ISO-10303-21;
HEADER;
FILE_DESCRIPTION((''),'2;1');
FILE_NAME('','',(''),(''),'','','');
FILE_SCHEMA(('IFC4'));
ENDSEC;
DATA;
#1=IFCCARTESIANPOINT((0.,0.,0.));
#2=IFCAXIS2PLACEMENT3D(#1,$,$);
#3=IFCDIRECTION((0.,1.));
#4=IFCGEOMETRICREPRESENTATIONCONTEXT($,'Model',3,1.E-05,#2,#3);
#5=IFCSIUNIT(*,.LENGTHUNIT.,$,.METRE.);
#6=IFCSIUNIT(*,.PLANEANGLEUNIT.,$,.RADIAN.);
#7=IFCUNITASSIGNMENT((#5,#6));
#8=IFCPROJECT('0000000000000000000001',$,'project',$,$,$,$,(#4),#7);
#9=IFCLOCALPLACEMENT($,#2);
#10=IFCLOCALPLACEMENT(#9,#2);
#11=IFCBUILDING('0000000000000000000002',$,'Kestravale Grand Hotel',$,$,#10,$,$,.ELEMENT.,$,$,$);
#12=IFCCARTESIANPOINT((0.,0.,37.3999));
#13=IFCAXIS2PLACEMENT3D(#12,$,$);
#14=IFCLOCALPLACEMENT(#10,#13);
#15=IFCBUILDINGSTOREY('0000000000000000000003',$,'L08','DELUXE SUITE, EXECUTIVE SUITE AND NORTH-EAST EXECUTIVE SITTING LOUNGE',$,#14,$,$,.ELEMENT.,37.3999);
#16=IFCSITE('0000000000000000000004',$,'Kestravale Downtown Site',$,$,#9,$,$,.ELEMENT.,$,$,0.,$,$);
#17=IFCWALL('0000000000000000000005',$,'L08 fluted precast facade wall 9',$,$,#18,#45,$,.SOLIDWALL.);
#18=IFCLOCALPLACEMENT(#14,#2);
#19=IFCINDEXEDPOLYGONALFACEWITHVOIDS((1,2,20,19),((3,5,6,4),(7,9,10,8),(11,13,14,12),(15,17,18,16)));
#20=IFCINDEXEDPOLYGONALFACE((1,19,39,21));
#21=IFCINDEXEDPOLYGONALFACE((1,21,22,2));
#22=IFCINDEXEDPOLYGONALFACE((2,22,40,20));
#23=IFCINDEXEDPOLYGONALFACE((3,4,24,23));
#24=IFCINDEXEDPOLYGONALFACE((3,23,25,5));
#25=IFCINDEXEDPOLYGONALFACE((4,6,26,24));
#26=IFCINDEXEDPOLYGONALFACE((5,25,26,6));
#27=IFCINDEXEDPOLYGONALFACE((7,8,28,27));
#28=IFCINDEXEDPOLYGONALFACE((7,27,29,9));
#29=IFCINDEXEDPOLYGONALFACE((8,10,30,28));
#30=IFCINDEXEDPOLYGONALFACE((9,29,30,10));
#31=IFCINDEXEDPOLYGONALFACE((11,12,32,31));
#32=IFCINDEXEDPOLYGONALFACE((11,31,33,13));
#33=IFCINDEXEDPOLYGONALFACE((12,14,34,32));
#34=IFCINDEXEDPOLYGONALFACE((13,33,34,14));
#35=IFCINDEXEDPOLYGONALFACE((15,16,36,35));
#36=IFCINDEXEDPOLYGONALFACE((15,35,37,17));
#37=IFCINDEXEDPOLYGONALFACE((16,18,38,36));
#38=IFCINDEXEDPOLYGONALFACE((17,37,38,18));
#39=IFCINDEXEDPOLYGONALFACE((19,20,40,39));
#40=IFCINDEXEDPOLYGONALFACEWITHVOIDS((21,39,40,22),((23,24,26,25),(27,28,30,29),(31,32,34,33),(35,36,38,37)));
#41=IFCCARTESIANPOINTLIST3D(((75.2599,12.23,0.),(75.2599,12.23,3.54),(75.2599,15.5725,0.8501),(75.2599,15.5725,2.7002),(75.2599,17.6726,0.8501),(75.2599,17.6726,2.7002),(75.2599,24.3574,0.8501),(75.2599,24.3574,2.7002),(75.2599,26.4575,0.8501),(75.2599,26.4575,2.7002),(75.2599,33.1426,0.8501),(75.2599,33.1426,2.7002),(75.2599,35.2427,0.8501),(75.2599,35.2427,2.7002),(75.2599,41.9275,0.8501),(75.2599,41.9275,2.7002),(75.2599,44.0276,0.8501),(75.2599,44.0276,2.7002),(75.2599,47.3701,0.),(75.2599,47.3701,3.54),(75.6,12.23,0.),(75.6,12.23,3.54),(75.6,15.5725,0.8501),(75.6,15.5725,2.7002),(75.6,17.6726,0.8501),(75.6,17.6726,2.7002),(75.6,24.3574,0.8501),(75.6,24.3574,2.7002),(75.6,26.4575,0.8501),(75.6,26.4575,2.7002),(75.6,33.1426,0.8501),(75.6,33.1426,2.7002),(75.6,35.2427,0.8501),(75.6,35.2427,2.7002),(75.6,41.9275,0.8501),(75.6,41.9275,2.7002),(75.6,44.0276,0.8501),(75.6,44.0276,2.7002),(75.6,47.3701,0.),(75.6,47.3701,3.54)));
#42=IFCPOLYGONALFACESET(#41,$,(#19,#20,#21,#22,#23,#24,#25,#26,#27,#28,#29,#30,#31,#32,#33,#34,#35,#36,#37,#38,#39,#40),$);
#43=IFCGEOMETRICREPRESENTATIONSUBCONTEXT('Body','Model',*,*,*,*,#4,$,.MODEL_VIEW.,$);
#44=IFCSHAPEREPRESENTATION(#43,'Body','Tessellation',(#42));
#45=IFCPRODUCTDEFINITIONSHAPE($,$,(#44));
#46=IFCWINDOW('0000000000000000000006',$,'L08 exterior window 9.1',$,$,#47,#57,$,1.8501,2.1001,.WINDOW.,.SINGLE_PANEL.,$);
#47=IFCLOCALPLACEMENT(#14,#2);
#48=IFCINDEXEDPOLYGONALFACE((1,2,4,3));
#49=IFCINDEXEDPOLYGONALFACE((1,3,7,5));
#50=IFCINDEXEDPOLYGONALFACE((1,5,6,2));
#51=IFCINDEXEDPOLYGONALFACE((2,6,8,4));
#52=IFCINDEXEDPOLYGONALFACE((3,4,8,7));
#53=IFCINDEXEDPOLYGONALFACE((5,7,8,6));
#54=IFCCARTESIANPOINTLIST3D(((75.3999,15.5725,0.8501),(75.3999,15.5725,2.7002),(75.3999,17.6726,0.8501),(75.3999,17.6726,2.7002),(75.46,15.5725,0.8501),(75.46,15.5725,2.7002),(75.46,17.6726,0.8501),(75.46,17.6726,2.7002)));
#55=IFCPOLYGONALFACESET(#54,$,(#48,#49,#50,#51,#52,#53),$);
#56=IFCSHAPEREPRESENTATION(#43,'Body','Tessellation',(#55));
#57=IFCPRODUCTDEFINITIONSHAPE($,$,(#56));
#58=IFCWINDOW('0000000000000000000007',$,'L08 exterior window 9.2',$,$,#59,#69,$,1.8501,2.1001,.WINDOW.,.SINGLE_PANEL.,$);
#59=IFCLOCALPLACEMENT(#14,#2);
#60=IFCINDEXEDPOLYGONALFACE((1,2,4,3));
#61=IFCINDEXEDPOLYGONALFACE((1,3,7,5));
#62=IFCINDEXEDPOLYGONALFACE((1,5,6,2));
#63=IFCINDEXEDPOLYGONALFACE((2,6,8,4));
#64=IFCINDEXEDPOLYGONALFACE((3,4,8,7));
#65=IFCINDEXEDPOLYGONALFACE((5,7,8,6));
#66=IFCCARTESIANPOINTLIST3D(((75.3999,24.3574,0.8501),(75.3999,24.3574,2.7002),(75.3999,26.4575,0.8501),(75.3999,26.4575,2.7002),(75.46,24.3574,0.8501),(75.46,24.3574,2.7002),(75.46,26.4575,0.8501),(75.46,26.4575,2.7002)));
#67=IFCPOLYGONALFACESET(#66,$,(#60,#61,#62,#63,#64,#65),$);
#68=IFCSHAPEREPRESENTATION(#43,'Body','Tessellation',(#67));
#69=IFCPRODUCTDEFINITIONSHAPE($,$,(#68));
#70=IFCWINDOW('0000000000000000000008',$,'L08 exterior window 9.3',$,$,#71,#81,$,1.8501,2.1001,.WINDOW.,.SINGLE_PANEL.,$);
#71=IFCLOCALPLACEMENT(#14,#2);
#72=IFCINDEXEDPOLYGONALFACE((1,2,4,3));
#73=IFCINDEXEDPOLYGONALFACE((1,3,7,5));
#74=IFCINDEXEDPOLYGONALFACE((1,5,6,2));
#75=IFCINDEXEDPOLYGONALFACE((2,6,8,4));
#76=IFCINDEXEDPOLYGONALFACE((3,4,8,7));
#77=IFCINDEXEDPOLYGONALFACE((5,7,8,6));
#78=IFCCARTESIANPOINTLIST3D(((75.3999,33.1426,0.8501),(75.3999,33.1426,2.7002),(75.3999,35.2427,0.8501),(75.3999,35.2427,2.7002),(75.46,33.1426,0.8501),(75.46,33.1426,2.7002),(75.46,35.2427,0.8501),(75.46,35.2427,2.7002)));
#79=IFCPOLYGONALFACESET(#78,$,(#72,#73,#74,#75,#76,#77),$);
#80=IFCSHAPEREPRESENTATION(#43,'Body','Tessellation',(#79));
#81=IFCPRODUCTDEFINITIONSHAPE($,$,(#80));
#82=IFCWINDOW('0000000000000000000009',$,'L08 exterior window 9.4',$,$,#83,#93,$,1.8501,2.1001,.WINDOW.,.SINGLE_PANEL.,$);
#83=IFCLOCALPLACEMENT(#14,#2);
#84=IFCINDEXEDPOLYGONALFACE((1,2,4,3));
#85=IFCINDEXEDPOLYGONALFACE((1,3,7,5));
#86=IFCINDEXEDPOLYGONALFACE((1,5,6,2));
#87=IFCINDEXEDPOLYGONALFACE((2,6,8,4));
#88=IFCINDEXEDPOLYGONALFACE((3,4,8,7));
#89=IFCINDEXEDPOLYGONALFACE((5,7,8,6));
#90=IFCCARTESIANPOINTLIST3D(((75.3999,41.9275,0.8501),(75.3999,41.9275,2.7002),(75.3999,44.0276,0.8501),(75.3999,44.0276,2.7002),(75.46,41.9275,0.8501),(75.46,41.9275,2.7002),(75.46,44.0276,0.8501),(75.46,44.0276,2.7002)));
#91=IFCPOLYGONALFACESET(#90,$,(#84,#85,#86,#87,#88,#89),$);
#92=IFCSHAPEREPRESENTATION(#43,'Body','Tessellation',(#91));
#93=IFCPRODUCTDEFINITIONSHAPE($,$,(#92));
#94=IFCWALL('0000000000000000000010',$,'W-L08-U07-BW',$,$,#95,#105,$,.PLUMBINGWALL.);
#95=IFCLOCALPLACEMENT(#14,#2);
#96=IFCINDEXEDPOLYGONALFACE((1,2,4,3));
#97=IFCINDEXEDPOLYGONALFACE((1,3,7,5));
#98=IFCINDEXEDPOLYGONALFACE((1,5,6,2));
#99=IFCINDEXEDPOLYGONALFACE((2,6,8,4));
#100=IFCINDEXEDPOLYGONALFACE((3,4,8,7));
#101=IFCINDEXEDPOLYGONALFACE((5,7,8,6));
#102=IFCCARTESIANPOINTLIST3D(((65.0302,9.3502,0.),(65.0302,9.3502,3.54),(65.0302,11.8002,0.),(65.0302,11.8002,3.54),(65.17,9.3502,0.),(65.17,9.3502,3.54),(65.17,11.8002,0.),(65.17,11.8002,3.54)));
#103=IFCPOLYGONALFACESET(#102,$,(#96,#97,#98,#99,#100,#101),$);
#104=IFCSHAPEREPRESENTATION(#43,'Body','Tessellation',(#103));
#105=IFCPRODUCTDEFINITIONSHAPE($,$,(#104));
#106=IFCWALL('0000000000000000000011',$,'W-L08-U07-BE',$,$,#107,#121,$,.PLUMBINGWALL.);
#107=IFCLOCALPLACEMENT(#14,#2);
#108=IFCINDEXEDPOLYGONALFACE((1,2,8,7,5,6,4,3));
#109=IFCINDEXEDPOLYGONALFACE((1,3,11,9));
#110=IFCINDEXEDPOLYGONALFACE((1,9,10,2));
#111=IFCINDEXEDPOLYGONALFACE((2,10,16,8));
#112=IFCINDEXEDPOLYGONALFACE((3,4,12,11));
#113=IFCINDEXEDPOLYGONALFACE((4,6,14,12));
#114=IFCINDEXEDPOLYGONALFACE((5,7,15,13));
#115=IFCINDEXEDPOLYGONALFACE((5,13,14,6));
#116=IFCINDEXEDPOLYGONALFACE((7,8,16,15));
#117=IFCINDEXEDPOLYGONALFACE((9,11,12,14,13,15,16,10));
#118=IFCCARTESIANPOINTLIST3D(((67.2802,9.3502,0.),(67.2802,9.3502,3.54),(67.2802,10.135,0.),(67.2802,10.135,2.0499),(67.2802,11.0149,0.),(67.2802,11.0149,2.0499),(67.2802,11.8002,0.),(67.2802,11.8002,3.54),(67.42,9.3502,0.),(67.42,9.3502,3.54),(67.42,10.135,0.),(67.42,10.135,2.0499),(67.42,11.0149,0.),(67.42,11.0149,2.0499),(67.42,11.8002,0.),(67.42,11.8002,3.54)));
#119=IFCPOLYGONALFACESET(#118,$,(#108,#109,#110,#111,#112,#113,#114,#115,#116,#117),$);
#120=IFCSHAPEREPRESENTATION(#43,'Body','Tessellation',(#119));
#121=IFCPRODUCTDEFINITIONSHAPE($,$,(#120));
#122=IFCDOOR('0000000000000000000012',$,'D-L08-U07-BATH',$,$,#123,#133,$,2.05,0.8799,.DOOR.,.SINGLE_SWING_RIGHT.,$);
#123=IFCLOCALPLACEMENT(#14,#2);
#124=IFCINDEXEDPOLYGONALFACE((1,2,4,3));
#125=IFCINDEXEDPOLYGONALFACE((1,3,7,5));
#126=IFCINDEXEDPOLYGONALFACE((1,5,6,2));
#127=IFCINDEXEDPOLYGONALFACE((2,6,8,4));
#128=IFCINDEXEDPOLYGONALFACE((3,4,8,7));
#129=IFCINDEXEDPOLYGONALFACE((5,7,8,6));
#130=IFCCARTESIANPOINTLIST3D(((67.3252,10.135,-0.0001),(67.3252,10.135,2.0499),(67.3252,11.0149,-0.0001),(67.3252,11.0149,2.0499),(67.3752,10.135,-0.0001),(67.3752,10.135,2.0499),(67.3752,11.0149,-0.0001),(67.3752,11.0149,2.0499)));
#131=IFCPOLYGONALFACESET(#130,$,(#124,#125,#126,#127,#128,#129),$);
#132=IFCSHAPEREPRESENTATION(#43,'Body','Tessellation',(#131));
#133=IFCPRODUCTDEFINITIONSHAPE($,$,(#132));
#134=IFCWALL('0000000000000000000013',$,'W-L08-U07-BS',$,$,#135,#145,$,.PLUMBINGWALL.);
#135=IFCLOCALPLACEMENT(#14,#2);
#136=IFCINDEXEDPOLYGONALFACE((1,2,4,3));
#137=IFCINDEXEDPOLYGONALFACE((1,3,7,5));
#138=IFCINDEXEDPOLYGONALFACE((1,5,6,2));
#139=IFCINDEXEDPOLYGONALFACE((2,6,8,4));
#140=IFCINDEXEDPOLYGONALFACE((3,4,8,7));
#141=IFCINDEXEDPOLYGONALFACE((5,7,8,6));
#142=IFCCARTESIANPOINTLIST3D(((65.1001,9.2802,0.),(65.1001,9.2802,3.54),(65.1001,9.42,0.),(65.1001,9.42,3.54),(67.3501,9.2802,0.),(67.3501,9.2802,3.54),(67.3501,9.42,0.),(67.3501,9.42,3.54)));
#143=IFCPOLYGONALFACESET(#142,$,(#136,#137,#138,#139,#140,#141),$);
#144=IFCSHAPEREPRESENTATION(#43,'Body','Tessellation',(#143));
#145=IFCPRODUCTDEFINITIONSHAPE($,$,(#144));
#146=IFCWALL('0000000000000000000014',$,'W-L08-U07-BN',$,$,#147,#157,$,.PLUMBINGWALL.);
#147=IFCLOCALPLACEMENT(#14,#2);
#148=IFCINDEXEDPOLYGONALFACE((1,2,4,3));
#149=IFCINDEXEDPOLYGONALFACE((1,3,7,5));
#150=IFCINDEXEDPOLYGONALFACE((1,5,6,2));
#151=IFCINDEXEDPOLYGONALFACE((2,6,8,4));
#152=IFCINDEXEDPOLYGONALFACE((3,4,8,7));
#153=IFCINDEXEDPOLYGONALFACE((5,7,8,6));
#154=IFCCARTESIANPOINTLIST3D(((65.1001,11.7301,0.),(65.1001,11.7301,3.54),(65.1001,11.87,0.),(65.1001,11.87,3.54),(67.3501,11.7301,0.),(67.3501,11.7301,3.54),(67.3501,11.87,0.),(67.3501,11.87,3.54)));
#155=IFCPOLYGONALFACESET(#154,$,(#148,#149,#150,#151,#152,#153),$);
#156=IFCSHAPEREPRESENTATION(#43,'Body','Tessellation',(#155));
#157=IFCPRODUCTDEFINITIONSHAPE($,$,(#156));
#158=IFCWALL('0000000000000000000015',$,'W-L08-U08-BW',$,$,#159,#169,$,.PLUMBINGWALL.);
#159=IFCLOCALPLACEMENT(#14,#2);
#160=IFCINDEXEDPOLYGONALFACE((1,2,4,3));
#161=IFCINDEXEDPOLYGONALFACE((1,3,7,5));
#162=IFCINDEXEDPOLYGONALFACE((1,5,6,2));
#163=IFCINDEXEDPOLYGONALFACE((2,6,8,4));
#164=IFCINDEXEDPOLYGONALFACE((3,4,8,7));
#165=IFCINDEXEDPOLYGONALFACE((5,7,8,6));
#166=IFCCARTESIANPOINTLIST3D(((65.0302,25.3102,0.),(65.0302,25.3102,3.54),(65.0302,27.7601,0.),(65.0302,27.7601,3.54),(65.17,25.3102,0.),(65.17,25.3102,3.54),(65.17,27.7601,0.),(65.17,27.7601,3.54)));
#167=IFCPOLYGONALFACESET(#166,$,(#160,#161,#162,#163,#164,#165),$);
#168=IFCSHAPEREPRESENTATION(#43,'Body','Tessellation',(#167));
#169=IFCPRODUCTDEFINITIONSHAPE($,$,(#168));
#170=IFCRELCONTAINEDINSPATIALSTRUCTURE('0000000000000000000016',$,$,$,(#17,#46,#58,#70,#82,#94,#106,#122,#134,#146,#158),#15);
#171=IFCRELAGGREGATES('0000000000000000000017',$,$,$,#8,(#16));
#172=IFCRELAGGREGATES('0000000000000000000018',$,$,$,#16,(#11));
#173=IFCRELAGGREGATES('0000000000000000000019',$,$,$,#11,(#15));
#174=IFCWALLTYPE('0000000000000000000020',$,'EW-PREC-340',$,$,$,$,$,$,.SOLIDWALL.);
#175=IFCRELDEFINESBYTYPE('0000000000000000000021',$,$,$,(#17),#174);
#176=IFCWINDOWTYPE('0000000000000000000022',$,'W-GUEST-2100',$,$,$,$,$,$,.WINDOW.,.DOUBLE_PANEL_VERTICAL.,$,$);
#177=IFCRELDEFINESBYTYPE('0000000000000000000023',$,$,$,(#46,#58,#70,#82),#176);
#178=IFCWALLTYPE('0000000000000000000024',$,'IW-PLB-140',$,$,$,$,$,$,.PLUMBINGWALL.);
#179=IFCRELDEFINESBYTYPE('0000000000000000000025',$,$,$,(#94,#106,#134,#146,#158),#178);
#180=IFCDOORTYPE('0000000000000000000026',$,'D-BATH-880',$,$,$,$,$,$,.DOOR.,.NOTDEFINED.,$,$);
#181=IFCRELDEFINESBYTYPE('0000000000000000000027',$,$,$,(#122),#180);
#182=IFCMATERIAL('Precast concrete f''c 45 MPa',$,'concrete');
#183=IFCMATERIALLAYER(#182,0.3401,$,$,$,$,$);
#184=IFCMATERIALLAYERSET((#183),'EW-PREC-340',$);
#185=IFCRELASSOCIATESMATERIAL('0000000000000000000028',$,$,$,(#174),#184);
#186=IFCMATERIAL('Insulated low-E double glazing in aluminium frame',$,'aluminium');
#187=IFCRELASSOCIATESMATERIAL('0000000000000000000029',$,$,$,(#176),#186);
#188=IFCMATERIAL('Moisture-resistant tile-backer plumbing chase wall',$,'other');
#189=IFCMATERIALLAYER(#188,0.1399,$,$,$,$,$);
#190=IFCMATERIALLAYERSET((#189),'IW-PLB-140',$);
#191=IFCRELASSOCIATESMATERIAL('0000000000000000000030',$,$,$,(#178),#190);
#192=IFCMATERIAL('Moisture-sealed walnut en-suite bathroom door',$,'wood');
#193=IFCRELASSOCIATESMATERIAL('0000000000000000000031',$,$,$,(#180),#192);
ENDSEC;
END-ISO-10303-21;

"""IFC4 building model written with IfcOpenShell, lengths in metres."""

from ifc_helpers import new_model, si_unit, direction, frame, frame_2d, origin, place, context, subcontext, project, spatial, rectangle, extrude, material, layer, layer_set, type_object, element, fill, save


model = new_model("IFC4")

# Units and contexts
model_context = context("Model", 3, precision=1e-05, world=origin(), true_north=direction((0.0, 1.0)))
body_context = subcontext(model_context, "Body", "Model", "MODEL_VIEW")
ifc_project = project(units=[si_unit("LENGTHUNIT", "METRE"), si_unit("PLANEANGLEUNIT", "RADIAN")], contexts=[model_context])

# Site, building, storey
site_placement = place(None, origin())
site = spatial("IfcSite", under=ifc_project, at=site_placement, Name="Kestravale Downtown Site", CompositionType="ELEMENT", RefElevation=0.0)
building_placement = place(site_placement, origin())
building = spatial("IfcBuilding", under=site, at=building_placement, Name="Kestravale Grand Hotel", CompositionType="ELEMENT")
storey_placement = place(building_placement, frame((0.0, 0.0, 37.3999)))
storey = spatial("IfcBuildingStorey", under=building, at=storey_placement, Name="L08", Description="DELUXE SUITE, EXECUTIVE SUITE AND NORTH-EAST EXECUTIVE SITTING LOUNGE", CompositionType="ELEMENT", Elevation=37.3999)

# Shared definitions
ifc_material_1 = material(Name="Precast concrete f'c 45 MPa", Category="concrete")
ifc_layer_1 = layer(ifc_material_1, 0.3401)
ifc_layer_set_1 = layer_set([ifc_layer_1], Name="EW-PREC-340")
wall_type_1 = type_object("IfcWallType", Name="EW-PREC-340", PredefinedType="SOLIDWALL", material=ifc_layer_set_1)
ifc_material_2 = material(Name="Insulated low-E double glazing in aluminium frame", Category="aluminium")
window_type = type_object("IfcWindowType", Name="W-GUEST-2100", PartitioningType="DOUBLE_PANEL_VERTICAL", PredefinedType="WINDOW", material=ifc_material_2)

# Wall, openings, windows
wall_1_placement = place(storey_placement, frame((75.4299, 12.23, 0.0), z_axis=(0.0, 0.0, 1.0), x_axis=(0.0, 1.0, 0.0)))
wall_1 = element("IfcWall", 1, at=wall_1_placement, inside=storey, type_object=wall_type_1, Name="L08 fluted precast facade wall 9", PredefinedType="SOLIDWALL", context=body_context, shape_type="SweptSolid", body=[
    extrude(rectangle(XDim=35.1401, YDim=0.3401, at=frame_2d((17.5701, 0.0))), origin(), (0.0, 0.0, 1.0), 3.54),
])
opening_1_placement = place(wall_1_placement, frame((3.3425, 0.0, 0.8501)))
opening_1 = element("IfcOpeningElement", 2, at=opening_1_placement, cuts=wall_1, PredefinedType="OPENING", context=body_context, shape_type="SweptSolid", body=[
    extrude(rectangle(XDim=2.1001, YDim=1.8501, at=frame_2d((1.05, 0.925))), frame((0.0, 0.1799, 0.0), z_axis=(0.0, -1.0, 0.0), x_axis=(1.0, 0.0, 0.0)), (0.0, 0.0, 1.0), 0.3601),
])
opening_2_placement = place(wall_1_placement, frame((12.1274, 0.0, 0.8501)))
opening_2 = element("IfcOpeningElement", 3, at=opening_2_placement, cuts=wall_1, PredefinedType="OPENING", context=body_context, shape_type="SweptSolid", body=[
    extrude(rectangle(XDim=2.1001, YDim=1.8501, at=frame_2d((1.05, 0.925))), frame((0.0, 0.1799, 0.0), z_axis=(0.0, -1.0, 0.0), x_axis=(1.0, 0.0, 0.0)), (0.0, 0.0, 1.0), 0.3601),
])
opening_3_placement = place(wall_1_placement, frame((20.9126, 0.0, 0.8501)))
opening_3 = element("IfcOpeningElement", 4, at=opening_3_placement, cuts=wall_1, PredefinedType="OPENING", context=body_context, shape_type="SweptSolid", body=[
    extrude(rectangle(XDim=2.1001, YDim=1.8501, at=frame_2d((1.05, 0.925))), frame((0.0, 0.1799, 0.0), z_axis=(0.0, -1.0, 0.0), x_axis=(1.0, 0.0, 0.0)), (0.0, 0.0, 1.0), 0.3601),
])
opening_4_placement = place(wall_1_placement, frame((29.6975, 0.0, 0.8501)))
opening_4 = element("IfcOpeningElement", 5, at=opening_4_placement, cuts=wall_1, PredefinedType="OPENING", context=body_context, shape_type="SweptSolid", body=[
    extrude(rectangle(XDim=2.1001, YDim=1.8501, at=frame_2d((1.05, 0.925))), frame((0.0, 0.1799, 0.0), z_axis=(0.0, -1.0, 0.0), x_axis=(1.0, 0.0, 0.0)), (0.0, 0.0, 1.0), 0.3601),
])
window_1_placement = place(opening_1_placement, origin())
window_1 = element("IfcWindow", 6, at=window_1_placement, inside=storey, type_object=window_type, Name="L08 exterior window 9.1", OverallHeight=1.8501, OverallWidth=2.1001, PartitioningType="SINGLE_PANEL", PredefinedType="WINDOW", context=body_context, shape_type="SweptSolid", body=[
    extrude(rectangle(XDim=2.1001, YDim=1.8501, at=frame_2d((1.05, 0.925))), frame((0.0, 0.03, 0.0), z_axis=(0.0, -1.0, 0.0), x_axis=(1.0, 0.0, 0.0)), (0.0, 0.0, 1.0), 0.0601),
])
fill(opening_1, window_1)
window_2_placement = place(opening_2_placement, origin())
window_2 = element("IfcWindow", 7, at=window_2_placement, inside=storey, type_object=window_type, Name="L08 exterior window 9.2", OverallHeight=1.8501, OverallWidth=2.1001, PartitioningType="SINGLE_PANEL", PredefinedType="WINDOW", context=body_context, shape_type="SweptSolid", body=[
    extrude(rectangle(XDim=2.1001, YDim=1.8501, at=frame_2d((1.05, 0.925))), frame((0.0, 0.03, 0.0), z_axis=(0.0, -1.0, 0.0), x_axis=(1.0, 0.0, 0.0)), (0.0, 0.0, 1.0), 0.0601),
])
fill(opening_2, window_2)
window_3_placement = place(opening_3_placement, origin())
window_3 = element("IfcWindow", 8, at=window_3_placement, inside=storey, type_object=window_type, Name="L08 exterior window 9.3", OverallHeight=1.8501, OverallWidth=2.1001, PartitioningType="SINGLE_PANEL", PredefinedType="WINDOW", context=body_context, shape_type="SweptSolid", body=[
    extrude(rectangle(XDim=2.1001, YDim=1.8501, at=frame_2d((1.05, 0.925))), frame((0.0, 0.03, 0.0), z_axis=(0.0, -1.0, 0.0), x_axis=(1.0, 0.0, 0.0)), (0.0, 0.0, 1.0), 0.0601),
])
fill(opening_3, window_3)
window_4_placement = place(opening_4_placement, origin())
window_4 = element("IfcWindow", 9, at=window_4_placement, inside=storey, type_object=window_type, Name="L08 exterior window 9.4", OverallHeight=1.8501, OverallWidth=2.1001, PartitioningType="SINGLE_PANEL", PredefinedType="WINDOW", context=body_context, shape_type="SweptSolid", body=[
    extrude(rectangle(XDim=2.1001, YDim=1.8501, at=frame_2d((1.05, 0.925))), frame((0.0, 0.03, 0.0), z_axis=(0.0, -1.0, 0.0), x_axis=(1.0, 0.0, 0.0)), (0.0, 0.0, 1.0), 0.0601),
])
fill(opening_4, window_4)

# Wall
ifc_material_3 = material(Name="Moisture-resistant tile-backer plumbing chase wall", Category="other")
ifc_layer_2 = layer(ifc_material_3, 0.1399)
ifc_layer_set_2 = layer_set([ifc_layer_2], Name="IW-PLB-140")
wall_type_2 = type_object("IfcWallType", Name="IW-PLB-140", PredefinedType="PLUMBINGWALL", material=ifc_layer_set_2)
wall_2_placement = place(storey_placement, frame((65.1001, 9.3501, 0.0), z_axis=(0.0, 0.0, 1.0), x_axis=(0.0, 1.0, 0.0)))
element("IfcWall", 10, at=wall_2_placement, inside=storey, type_object=wall_type_2, Name="W-L08-U07-BW", PredefinedType="PLUMBINGWALL", context=body_context, shape_type="SweptSolid", body=[
    extrude(rectangle(XDim=2.45, YDim=0.1399, at=frame_2d((1.2251, 0.0))), origin(), (0.0, 0.0, 1.0), 3.54),
])

# Wall, opening, door
wall_3_placement = place(storey_placement, frame((67.3501, 9.3501, 0.0), z_axis=(0.0, 0.0, 1.0), x_axis=(0.0, 1.0, 0.0)))
wall_3 = element("IfcWall", 11, at=wall_3_placement, inside=storey, type_object=wall_type_2, Name="W-L08-U07-BE", PredefinedType="PLUMBINGWALL", context=body_context, shape_type="SweptSolid", body=[
    extrude(rectangle(XDim=2.45, YDim=0.1399, at=frame_2d((1.2251, 0.0))), origin(), (0.0, 0.0, 1.0), 3.54),
])
opening_5_placement = place(wall_3_placement, frame((0.7849, 0.0, 0.0)))
opening_5 = element("IfcOpeningElement", 12, at=opening_5_placement, cuts=wall_3, PredefinedType="OPENING", context=body_context, shape_type="SweptSolid", body=[
    extrude(rectangle(XDim=0.8799, YDim=2.05, at=frame_2d((0.4399, 1.0249))), frame((0.0, 0.0798, 0.0), z_axis=(0.0, -1.0, 0.0), x_axis=(1.0, 0.0, 0.0)), (0.0, 0.0, 1.0), 0.1599),
])
ifc_material_4 = material(Name="Moisture-sealed walnut en-suite bathroom door", Category="wood")
door_type = type_object("IfcDoorType", Name="D-BATH-880", OperationType="NOTDEFINED", PredefinedType="DOOR", material=ifc_material_4)
door_1_placement = place(opening_5_placement, origin())
door_1 = element("IfcDoor", 13, at=door_1_placement, inside=storey, type_object=door_type, Name="D-L08-U07-BATH", OperationType="SINGLE_SWING_RIGHT", OverallHeight=2.05, OverallWidth=0.8799, PredefinedType="DOOR", context=body_context, shape_type="SweptSolid", body=[
    extrude(rectangle(XDim=0.8799, YDim=2.05, at=frame_2d((0.4399, 1.0249))), frame((0.0, 0.0249, 0.0), z_axis=(0.0, -1.0, 0.0), x_axis=(1.0, 0.0, 0.0)), (0.0, 0.0, 1.0), 0.05),
])
fill(opening_5, door_1)

# Walls
for number, where, z_axis, x_axis, name in (
    (14, (65.1001, 9.3501, 0.0), (0.0, 0.0, 1.0), (1.0, 0.0, 0.0), "W-L08-U07-BS"),
    (15, (65.1001, 11.8, 0.0), (0.0, 0.0, 1.0), (1.0, 0.0, 0.0), "W-L08-U07-BN"),
):
    element("IfcWall", number, at=place(storey_placement, frame(where, z_axis=z_axis, x_axis=x_axis)), inside=storey, type_object=wall_type_2, Name=name, PredefinedType="PLUMBINGWALL", context=body_context, shape_type="SweptSolid", body=[
        extrude(rectangle(XDim=2.25, YDim=0.1399, at=frame_2d((1.125, 0.0))), origin(), (0.0, 0.0, 1.0), 3.54),
    ])
wall_4_placement = place(storey_placement, frame((65.1001, 25.3101, 0.0), z_axis=(0.0, 0.0, 1.0), x_axis=(0.0, 1.0, 0.0)))
element("IfcWall", 16, at=wall_4_placement, inside=storey, type_object=wall_type_2, Name="W-L08-U08-BW", PredefinedType="PLUMBINGWALL", context=body_context, shape_type="SweptSolid", body=[
    extrude(rectangle(XDim=2.45, YDim=0.1399, at=frame_2d((1.2251, 0.0))), origin(), (0.0, 0.0, 1.0), 3.54),
])

save(model, "model.ifc")
